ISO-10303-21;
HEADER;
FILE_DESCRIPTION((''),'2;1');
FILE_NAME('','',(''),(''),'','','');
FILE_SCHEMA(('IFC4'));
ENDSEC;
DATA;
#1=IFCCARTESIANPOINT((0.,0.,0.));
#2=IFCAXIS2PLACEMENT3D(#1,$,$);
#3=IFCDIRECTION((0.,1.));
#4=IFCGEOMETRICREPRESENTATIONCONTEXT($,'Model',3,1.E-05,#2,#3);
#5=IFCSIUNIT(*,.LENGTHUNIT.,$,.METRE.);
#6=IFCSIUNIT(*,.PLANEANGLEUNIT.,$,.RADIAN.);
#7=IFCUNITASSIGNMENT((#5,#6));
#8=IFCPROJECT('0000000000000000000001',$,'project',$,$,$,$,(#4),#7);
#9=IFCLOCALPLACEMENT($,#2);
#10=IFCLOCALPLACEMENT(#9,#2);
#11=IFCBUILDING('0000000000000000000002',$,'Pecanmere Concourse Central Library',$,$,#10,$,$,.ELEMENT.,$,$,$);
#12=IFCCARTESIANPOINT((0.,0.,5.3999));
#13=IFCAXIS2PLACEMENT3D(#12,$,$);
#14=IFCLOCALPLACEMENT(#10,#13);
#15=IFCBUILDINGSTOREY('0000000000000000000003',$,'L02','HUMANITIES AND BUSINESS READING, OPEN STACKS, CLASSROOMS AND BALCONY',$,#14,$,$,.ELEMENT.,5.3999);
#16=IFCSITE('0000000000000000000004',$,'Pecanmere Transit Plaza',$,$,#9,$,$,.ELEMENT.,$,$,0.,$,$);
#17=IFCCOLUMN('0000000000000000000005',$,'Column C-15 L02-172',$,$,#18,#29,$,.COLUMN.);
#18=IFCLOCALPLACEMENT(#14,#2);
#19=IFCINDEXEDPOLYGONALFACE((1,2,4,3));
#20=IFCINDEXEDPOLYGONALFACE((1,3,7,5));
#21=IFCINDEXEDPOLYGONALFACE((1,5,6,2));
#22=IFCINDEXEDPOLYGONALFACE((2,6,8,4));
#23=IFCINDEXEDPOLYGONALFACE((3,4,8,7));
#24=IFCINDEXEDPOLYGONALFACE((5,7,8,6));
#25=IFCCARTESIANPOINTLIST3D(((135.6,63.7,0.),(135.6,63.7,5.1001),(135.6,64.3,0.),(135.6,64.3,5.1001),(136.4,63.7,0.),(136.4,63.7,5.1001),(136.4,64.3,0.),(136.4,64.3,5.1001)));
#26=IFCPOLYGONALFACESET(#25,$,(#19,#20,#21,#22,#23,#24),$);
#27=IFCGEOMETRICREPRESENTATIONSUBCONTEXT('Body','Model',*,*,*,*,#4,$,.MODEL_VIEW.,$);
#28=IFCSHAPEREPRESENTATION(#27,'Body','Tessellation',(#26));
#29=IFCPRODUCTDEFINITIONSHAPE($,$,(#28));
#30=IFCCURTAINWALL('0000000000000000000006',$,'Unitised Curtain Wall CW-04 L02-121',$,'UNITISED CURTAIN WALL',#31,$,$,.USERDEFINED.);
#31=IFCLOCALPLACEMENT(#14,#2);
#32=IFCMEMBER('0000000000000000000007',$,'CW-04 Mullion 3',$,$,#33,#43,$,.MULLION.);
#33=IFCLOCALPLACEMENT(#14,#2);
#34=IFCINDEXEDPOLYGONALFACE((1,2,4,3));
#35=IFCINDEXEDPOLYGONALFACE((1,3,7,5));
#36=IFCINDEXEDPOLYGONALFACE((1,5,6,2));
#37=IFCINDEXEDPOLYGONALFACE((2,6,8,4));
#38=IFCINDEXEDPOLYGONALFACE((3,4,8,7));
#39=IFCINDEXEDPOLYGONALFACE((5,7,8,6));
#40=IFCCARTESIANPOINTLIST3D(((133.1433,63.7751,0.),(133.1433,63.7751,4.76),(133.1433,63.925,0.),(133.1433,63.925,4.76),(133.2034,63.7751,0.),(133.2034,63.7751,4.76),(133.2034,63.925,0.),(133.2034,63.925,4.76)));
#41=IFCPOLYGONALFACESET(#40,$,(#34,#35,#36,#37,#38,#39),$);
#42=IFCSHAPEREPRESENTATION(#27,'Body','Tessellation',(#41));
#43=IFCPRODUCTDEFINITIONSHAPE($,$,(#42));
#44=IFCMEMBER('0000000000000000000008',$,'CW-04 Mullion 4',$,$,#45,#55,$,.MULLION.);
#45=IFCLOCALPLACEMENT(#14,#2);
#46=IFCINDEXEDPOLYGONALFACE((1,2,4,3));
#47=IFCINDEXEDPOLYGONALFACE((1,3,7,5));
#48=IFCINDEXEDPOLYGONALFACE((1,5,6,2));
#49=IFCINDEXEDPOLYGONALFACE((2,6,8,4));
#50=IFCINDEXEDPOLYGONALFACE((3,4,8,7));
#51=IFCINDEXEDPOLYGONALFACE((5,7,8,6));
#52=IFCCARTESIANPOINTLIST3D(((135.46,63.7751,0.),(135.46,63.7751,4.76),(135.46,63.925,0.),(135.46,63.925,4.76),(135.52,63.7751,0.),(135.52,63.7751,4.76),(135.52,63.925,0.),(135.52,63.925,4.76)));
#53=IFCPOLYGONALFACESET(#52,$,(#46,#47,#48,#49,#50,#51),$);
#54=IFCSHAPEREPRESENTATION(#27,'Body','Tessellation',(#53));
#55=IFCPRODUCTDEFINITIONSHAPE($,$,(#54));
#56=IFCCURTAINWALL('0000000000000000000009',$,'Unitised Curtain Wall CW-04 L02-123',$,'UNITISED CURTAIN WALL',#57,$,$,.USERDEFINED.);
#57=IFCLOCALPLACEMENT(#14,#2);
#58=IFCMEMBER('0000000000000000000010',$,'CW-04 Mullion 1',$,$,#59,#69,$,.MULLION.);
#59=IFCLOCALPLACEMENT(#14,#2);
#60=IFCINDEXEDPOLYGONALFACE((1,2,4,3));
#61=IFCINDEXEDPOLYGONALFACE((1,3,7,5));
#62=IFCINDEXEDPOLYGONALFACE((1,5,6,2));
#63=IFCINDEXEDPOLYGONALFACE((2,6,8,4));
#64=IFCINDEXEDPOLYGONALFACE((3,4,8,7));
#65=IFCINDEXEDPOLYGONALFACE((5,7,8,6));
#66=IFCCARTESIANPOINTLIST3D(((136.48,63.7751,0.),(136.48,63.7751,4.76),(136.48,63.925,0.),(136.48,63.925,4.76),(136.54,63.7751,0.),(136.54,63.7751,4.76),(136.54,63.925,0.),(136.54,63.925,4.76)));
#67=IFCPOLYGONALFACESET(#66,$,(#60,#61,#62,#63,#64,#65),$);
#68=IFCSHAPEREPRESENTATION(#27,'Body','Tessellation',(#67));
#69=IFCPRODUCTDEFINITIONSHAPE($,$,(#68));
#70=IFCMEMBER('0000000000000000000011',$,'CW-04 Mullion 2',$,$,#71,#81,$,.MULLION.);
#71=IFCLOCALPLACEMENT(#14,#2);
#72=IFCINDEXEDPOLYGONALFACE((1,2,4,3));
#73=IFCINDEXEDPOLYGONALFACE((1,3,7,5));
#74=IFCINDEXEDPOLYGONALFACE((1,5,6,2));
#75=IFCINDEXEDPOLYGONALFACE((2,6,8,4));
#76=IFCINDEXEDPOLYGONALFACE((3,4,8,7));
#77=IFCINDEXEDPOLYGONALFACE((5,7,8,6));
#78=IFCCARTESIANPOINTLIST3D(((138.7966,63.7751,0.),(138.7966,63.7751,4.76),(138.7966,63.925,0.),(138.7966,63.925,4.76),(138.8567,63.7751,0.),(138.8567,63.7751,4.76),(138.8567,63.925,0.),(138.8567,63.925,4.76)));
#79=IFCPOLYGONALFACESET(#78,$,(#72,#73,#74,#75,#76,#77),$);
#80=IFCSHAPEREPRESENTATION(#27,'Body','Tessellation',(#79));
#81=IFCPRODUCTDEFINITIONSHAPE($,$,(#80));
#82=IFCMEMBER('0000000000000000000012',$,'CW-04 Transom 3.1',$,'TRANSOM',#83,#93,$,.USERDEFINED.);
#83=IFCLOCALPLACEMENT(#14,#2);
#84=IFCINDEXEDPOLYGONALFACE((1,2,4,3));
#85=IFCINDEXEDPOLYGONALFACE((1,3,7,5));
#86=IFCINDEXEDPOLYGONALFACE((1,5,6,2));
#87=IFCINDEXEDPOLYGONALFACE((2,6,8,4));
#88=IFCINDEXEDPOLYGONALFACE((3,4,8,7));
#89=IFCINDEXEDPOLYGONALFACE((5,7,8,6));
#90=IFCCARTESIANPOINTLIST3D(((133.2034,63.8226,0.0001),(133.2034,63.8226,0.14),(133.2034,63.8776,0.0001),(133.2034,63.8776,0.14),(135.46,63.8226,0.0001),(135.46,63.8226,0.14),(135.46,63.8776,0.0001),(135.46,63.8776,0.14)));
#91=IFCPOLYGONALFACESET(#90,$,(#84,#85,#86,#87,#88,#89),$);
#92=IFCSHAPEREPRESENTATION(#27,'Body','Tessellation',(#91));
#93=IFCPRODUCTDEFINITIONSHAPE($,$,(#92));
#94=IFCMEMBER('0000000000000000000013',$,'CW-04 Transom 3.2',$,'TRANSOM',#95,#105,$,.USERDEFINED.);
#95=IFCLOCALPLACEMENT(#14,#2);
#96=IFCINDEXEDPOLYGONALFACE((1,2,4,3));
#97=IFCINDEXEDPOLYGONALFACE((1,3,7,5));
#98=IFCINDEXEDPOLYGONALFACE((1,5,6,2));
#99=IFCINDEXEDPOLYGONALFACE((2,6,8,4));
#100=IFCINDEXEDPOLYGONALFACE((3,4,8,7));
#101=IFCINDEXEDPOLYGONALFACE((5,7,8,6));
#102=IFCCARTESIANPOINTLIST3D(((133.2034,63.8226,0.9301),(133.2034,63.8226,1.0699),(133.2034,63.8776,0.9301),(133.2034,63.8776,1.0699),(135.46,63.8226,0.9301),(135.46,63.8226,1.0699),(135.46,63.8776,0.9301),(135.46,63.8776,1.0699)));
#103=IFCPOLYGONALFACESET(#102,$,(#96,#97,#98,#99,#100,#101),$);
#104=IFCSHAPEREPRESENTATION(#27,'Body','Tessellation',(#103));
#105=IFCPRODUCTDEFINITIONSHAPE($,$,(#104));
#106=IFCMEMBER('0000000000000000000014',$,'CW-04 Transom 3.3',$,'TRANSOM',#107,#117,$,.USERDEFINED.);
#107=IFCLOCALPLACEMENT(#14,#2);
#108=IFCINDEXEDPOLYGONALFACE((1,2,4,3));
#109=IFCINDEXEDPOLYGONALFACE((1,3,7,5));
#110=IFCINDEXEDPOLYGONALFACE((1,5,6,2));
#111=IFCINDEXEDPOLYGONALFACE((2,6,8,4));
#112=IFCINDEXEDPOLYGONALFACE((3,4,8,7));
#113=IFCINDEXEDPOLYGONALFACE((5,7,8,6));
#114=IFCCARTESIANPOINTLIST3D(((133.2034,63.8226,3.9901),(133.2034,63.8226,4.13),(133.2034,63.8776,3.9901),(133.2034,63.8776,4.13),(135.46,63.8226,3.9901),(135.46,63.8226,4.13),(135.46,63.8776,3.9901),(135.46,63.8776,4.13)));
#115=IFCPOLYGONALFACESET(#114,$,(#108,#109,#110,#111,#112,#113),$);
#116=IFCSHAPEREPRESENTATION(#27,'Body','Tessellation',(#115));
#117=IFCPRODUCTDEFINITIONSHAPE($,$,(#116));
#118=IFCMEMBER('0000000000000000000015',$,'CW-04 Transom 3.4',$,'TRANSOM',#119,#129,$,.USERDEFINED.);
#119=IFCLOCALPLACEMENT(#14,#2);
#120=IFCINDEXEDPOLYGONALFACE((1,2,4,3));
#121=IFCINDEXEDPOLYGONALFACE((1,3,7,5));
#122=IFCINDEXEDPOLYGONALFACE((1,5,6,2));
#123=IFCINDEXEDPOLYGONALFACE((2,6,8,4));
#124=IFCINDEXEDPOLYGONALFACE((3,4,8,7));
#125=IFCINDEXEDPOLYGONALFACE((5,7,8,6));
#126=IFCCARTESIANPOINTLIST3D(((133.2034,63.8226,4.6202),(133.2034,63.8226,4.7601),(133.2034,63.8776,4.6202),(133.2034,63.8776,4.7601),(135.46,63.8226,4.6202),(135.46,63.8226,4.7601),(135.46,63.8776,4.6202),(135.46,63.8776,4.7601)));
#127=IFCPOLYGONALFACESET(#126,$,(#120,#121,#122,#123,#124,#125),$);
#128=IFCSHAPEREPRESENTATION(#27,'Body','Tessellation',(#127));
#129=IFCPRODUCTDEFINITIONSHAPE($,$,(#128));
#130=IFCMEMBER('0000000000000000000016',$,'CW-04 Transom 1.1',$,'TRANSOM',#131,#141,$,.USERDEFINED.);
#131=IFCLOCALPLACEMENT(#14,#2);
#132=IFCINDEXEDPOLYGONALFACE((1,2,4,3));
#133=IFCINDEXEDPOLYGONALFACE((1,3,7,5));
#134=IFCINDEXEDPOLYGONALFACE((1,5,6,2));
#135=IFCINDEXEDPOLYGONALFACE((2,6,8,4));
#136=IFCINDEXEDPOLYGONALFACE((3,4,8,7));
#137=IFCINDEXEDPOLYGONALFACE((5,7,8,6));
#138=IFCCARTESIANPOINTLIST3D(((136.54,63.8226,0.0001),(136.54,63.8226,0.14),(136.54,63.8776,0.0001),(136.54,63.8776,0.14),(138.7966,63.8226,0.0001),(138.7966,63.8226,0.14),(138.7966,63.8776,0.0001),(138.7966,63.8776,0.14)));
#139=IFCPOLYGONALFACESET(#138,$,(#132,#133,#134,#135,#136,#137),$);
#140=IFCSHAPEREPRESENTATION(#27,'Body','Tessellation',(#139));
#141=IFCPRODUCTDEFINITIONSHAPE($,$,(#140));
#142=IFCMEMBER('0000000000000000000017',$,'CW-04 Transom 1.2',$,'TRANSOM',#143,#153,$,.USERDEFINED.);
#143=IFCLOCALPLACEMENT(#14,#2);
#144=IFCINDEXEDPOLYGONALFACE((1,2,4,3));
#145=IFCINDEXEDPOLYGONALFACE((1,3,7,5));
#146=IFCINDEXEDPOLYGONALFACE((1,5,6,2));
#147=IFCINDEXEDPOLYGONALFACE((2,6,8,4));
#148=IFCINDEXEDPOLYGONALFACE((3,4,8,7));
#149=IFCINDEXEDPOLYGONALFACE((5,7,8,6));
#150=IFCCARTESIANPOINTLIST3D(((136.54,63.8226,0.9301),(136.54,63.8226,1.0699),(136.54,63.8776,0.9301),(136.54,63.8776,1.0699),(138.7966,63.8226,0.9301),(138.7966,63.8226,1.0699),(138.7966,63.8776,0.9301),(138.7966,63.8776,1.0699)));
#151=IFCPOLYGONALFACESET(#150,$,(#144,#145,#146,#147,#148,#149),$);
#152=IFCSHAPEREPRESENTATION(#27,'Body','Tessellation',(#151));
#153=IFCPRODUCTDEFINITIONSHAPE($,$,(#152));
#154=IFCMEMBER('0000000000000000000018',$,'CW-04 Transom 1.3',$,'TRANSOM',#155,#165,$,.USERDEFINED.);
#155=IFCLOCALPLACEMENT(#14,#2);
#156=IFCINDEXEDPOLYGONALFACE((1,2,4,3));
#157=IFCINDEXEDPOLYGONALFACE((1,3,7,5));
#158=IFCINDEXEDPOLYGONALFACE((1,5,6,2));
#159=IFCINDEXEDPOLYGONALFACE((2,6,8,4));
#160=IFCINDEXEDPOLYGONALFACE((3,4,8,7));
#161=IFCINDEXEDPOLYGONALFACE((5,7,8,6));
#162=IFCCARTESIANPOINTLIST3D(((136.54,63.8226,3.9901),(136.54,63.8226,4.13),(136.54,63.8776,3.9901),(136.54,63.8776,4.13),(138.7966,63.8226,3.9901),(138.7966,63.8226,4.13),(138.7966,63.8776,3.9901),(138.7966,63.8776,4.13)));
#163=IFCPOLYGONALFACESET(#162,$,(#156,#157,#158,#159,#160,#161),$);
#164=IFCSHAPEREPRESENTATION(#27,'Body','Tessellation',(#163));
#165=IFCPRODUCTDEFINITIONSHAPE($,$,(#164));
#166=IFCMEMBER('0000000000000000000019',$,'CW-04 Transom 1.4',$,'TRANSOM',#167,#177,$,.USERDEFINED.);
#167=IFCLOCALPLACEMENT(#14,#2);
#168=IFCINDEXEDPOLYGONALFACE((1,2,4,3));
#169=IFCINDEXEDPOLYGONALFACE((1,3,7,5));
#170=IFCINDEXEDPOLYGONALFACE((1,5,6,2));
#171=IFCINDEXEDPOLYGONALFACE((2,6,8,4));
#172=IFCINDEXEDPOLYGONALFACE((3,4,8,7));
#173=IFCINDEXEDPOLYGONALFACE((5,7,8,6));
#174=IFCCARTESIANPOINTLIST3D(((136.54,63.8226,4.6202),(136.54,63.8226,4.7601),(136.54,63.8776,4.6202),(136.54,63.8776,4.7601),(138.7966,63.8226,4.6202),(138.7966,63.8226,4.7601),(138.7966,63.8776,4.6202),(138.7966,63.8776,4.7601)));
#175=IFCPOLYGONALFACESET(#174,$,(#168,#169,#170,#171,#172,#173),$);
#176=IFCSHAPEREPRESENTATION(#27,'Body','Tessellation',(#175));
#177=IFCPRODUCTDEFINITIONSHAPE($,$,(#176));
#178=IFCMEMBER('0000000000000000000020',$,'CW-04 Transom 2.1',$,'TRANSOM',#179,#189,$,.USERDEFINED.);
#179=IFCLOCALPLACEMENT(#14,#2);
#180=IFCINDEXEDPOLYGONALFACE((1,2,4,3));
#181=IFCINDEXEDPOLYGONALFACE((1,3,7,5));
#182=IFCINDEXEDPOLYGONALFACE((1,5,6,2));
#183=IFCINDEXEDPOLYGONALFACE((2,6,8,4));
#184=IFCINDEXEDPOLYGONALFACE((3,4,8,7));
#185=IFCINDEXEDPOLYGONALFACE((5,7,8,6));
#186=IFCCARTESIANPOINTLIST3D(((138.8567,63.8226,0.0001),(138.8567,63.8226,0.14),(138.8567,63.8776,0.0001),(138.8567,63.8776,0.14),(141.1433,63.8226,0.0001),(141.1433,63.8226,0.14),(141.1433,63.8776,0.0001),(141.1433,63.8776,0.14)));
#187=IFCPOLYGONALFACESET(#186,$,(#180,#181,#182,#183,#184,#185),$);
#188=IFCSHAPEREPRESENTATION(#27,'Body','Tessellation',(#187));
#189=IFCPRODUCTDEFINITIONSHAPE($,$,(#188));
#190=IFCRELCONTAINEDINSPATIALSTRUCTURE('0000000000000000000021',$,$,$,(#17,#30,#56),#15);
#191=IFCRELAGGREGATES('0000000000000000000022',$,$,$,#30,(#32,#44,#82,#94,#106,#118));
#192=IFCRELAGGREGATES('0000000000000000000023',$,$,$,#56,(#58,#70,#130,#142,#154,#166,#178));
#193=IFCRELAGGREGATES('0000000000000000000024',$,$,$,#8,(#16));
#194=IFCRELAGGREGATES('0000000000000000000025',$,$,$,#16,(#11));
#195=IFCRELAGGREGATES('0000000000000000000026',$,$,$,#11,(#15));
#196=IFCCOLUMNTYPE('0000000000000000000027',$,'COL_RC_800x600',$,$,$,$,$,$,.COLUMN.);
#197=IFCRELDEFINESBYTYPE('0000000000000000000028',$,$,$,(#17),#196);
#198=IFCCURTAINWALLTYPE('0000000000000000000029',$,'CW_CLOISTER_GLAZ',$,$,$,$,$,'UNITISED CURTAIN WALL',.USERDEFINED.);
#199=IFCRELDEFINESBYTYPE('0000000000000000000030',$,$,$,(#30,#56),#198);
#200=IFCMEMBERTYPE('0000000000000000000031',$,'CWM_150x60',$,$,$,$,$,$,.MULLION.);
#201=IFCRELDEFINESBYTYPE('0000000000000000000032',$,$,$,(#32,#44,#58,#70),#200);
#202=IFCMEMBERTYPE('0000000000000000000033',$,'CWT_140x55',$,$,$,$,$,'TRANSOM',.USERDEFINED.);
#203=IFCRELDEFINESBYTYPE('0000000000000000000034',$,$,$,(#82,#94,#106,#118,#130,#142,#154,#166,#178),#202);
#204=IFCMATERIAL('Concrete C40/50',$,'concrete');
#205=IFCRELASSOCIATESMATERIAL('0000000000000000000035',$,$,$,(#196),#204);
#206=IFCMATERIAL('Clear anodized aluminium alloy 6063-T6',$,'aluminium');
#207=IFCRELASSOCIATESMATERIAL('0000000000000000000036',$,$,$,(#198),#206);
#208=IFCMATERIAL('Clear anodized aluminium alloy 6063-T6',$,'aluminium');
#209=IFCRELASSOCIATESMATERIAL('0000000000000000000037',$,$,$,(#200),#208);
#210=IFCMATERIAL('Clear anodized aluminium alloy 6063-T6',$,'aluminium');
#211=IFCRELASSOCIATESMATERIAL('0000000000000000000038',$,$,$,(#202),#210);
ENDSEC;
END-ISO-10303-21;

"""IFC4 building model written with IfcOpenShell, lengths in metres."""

from ifc_helpers import new_model, si_unit, direction, frame, origin, origin_2d, place, context, subcontext, project, spatial, rectangle, extrude, material, material_profile, profile_set, type_object, element, aggregate, save


model = new_model("IFC4")

# Units and contexts
model_context = context("Model", 3, precision=1e-05, world=origin(), true_north=direction((0.0, 1.0)))
body_context = subcontext(model_context, "Body", "Model", "MODEL_VIEW")
ifc_project = project(units=[si_unit("LENGTHUNIT", "METRE"), si_unit("PLANEANGLEUNIT", "RADIAN")], contexts=[model_context])

# Site, building, storey
site_placement = place(None, origin())
site = spatial("IfcSite", under=ifc_project, at=site_placement, Name="Pecanmere Transit Plaza", CompositionType="ELEMENT", RefElevation=0.0)
building_placement = place(site_placement, origin())
building = spatial("IfcBuilding", under=site, at=building_placement, Name="Pecanmere Concourse Central Library", CompositionType="ELEMENT")
storey_placement = place(building_placement, frame((0.0, 0.0, 5.3999)))
storey = spatial("IfcBuildingStorey", under=building, at=storey_placement, Name="L02", Description="HUMANITIES AND BUSINESS READING, OPEN STACKS, CLASSROOMS AND BALCONY", CompositionType="ELEMENT", Elevation=5.3999)

# Column
ifc_material_1 = material(Name="Concrete C40/50", Category="concrete")
ifc_material_profile_1 = material_profile(ifc_material_1, rectangle(XDim=0.8, YDim=0.6001, at=origin_2d()), Name="RC 800x600")
ifc_profile_set_1 = profile_set([ifc_material_profile_1], Name="Concrete C40/50")
column_type = type_object("IfcColumnType", Name="COL_RC_800x600", PredefinedType="COLUMN", material=ifc_profile_set_1)
column_placement = place(storey_placement, frame((136.0, 64.0, 0.0), z_axis=(0.0, 0.0, 1.0), x_axis=(1.0, 0.0, 0.0)))
element("IfcColumn", 1, at=column_placement, inside=storey, type_object=column_type, Name="Column C-15 L02-172", PredefinedType="COLUMN", context=body_context, shape_type="SweptSolid", body=[
    extrude(rectangle(XDim=0.8, YDim=0.6001, at=origin_2d()), origin(), (0.0, 0.0, 1.0), 5.1001),
])

# Curtain walls, members
ifc_material_2 = material(Name="Clear anodized aluminium alloy 6063-T6", Category="aluminium")
curtain_wall_type = type_object("IfcCurtainWallType", Name="CW_CLOISTER_GLAZ", ElementType="UNITISED CURTAIN WALL", PredefinedType="USERDEFINED", material=ifc_material_2)
curtain_wall_1_placement = place(storey_placement, origin())
curtain_wall_1 = element("IfcCurtainWall", 2, at=curtain_wall_1_placement, inside=storey, type_object=curtain_wall_type, Name="Unitised Curtain Wall CW-04 L02-121", ObjectType="UNITISED CURTAIN WALL", PredefinedType="USERDEFINED")
ifc_material_3 = material(Name="Clear anodized aluminium alloy 6063-T6", Category="aluminium")
ifc_material_profile_2 = material_profile(ifc_material_3, rectangle(XDim=0.0601, YDim=0.1499, at=origin_2d()), Name="AL 60x150")
ifc_profile_set_2 = profile_set([ifc_material_profile_2], Name="Clear anodized aluminium alloy 6063-T6")
member_type_1 = type_object("IfcMemberType", Name="CWM_150x60", PredefinedType="MULLION", material=ifc_profile_set_2)
member_1_placement = place(storey_placement, frame((133.1733, 63.8501, 0.0), z_axis=(0.0, 0.0, 1.0), x_axis=(1.0, 0.0, 0.0)))
member_1 = element("IfcMember", 3, at=member_1_placement, type_object=member_type_1, Name="CW-04 Mullion 3", PredefinedType="MULLION", context=body_context, shape_type="SweptSolid", body=[
    extrude(rectangle(XDim=0.0601, YDim=0.1499, at=origin_2d()), origin(), (0.0, 0.0, 1.0), 4.76),
])
member_2_placement = place(storey_placement, frame((135.49, 63.8501, 0.0), z_axis=(0.0, 0.0, 1.0), x_axis=(1.0, 0.0, 0.0)))
member_2 = element("IfcMember", 4, at=member_2_placement, type_object=member_type_1, Name="CW-04 Mullion 4", PredefinedType="MULLION", context=body_context, shape_type="SweptSolid", body=[
    extrude(rectangle(XDim=0.0601, YDim=0.1499, at=origin_2d()), origin(), (0.0, 0.0, 1.0), 4.76),
])
curtain_wall_2_placement = place(storey_placement, origin())
curtain_wall_2 = element("IfcCurtainWall", 5, at=curtain_wall_2_placement, inside=storey, type_object=curtain_wall_type, Name="Unitised Curtain Wall CW-04 L02-123", ObjectType="UNITISED CURTAIN WALL", PredefinedType="USERDEFINED")
member_3_placement = place(storey_placement, frame((136.51, 63.8501, 0.0), z_axis=(0.0, 0.0, 1.0), x_axis=(1.0, 0.0, 0.0)))
member_3 = element("IfcMember", 6, at=member_3_placement, type_object=member_type_1, Name="CW-04 Mullion 1", PredefinedType="MULLION", context=body_context, shape_type="SweptSolid", body=[
    extrude(rectangle(XDim=0.0601, YDim=0.1499, at=origin_2d()), origin(), (0.0, 0.0, 1.0), 4.76),
])
member_4_placement = place(storey_placement, frame((138.8267, 63.8501, 0.0), z_axis=(0.0, 0.0, 1.0), x_axis=(1.0, 0.0, 0.0)))
member_4 = element("IfcMember", 7, at=member_4_placement, type_object=member_type_1, Name="CW-04 Mullion 2", PredefinedType="MULLION", context=body_context, shape_type="SweptSolid", body=[
    extrude(rectangle(XDim=0.0601, YDim=0.1499, at=origin_2d()), origin(), (0.0, 0.0, 1.0), 4.76),
])

# Members
ifc_material_4 = material(Name="Clear anodized aluminium alloy 6063-T6", Category="aluminium")
ifc_material_profile_3 = material_profile(ifc_material_4, rectangle(XDim=0.0549, YDim=0.1399, at=origin_2d()), Name="AL 55x140")
ifc_profile_set_3 = profile_set([ifc_material_profile_3], Name="Clear anodized aluminium alloy 6063-T6")
member_type_2 = type_object("IfcMemberType", Name="CWT_140x55", ElementType="TRANSOM", PredefinedType="USERDEFINED", material=ifc_profile_set_3)
member_5_placement = place(storey_placement, frame((133.2034, 63.8501, 0.0701), z_axis=(1.0, 0.0, 0.0), x_axis=(0.0, 1.0, 0.0)))
member_5 = element("IfcMember", 8, at=member_5_placement, type_object=member_type_2, Name="CW-04 Transom 3.1", ObjectType="TRANSOM", PredefinedType="USERDEFINED", context=body_context, shape_type="SweptSolid", body=[
    extrude(rectangle(XDim=0.0549, YDim=0.1399, at=origin_2d()), origin(), (0.0, 0.0, 1.0), 2.2566),
])
member_6_placement = place(storey_placement, frame((133.2034, 63.8501, 1.0), z_axis=(1.0, 0.0, 0.0), x_axis=(0.0, 1.0, 0.0)))
member_6 = element("IfcMember", 9, at=member_6_placement, type_object=member_type_2, Name="CW-04 Transom 3.2", ObjectType="TRANSOM", PredefinedType="USERDEFINED", context=body_context, shape_type="SweptSolid", body=[
    extrude(rectangle(XDim=0.0549, YDim=0.1399, at=origin_2d()), origin(), (0.0, 0.0, 1.0), 2.2566),
])
member_7_placement = place(storey_placement, frame((133.2034, 63.8501, 4.0601), z_axis=(1.0, 0.0, 0.0), x_axis=(0.0, 1.0, 0.0)))
member_7 = element("IfcMember", 10, at=member_7_placement, type_object=member_type_2, Name="CW-04 Transom 3.3", ObjectType="TRANSOM", PredefinedType="USERDEFINED", context=body_context, shape_type="SweptSolid", body=[
    extrude(rectangle(XDim=0.0549, YDim=0.1399, at=origin_2d()), origin(), (0.0, 0.0, 1.0), 2.2566),
])
member_8_placement = place(storey_placement, frame((133.2034, 63.8501, 4.6902), z_axis=(1.0, 0.0, 0.0), x_axis=(0.0, 1.0, 0.0)))
member_8 = element("IfcMember", 11, at=member_8_placement, type_object=member_type_2, Name="CW-04 Transom 3.4", ObjectType="TRANSOM", PredefinedType="USERDEFINED", context=body_context, shape_type="SweptSolid", body=[
    extrude(rectangle(XDim=0.0549, YDim=0.1399, at=origin_2d()), origin(), (0.0, 0.0, 1.0), 2.2566),
])
member_9_placement = place(storey_placement, frame((136.54, 63.8501, 0.0701), z_axis=(1.0, 0.0, 0.0), x_axis=(0.0, 1.0, 0.0)))
member_9 = element("IfcMember", 12, at=member_9_placement, type_object=member_type_2, Name="CW-04 Transom 1.1", ObjectType="TRANSOM", PredefinedType="USERDEFINED", context=body_context, shape_type="SweptSolid", body=[
    extrude(rectangle(XDim=0.0549, YDim=0.1399, at=origin_2d()), origin(), (0.0, 0.0, 1.0), 2.2566),
])
member_10_placement = place(storey_placement, frame((136.54, 63.8501, 1.0), z_axis=(1.0, 0.0, 0.0), x_axis=(0.0, 1.0, 0.0)))
member_10 = element("IfcMember", 13, at=member_10_placement, type_object=member_type_2, Name="CW-04 Transom 1.2", ObjectType="TRANSOM", PredefinedType="USERDEFINED", context=body_context, shape_type="SweptSolid", body=[
    extrude(rectangle(XDim=0.0549, YDim=0.1399, at=origin_2d()), origin(), (0.0, 0.0, 1.0), 2.2566),
])
member_11_placement = place(storey_placement, frame((136.54, 63.8501, 4.0601), z_axis=(1.0, 0.0, 0.0), x_axis=(0.0, 1.0, 0.0)))
member_11 = element("IfcMember", 14, at=member_11_placement, type_object=member_type_2, Name="CW-04 Transom 1.3", ObjectType="TRANSOM", PredefinedType="USERDEFINED", context=body_context, shape_type="SweptSolid", body=[
    extrude(rectangle(XDim=0.0549, YDim=0.1399, at=origin_2d()), origin(), (0.0, 0.0, 1.0), 2.2566),
])
member_12_placement = place(storey_placement, frame((136.54, 63.8501, 4.6902), z_axis=(1.0, 0.0, 0.0), x_axis=(0.0, 1.0, 0.0)))
member_12 = element("IfcMember", 15, at=member_12_placement, type_object=member_type_2, Name="CW-04 Transom 1.4", ObjectType="TRANSOM", PredefinedType="USERDEFINED", context=body_context, shape_type="SweptSolid", body=[
    extrude(rectangle(XDim=0.0549, YDim=0.1399, at=origin_2d()), origin(), (0.0, 0.0, 1.0), 2.2566),
])
member_13_placement = place(storey_placement, frame((138.8567, 63.8501, 0.0701), z_axis=(1.0, 0.0, 0.0), x_axis=(0.0, 1.0, 0.0)))
member_13 = element("IfcMember", 16, at=member_13_placement, type_object=member_type_2, Name="CW-04 Transom 2.1", ObjectType="TRANSOM", PredefinedType="USERDEFINED", context=body_context, shape_type="SweptSolid", body=[
    extrude(rectangle(XDim=0.0549, YDim=0.1399, at=origin_2d()), origin(), (0.0, 0.0, 1.0), 2.2866),
])

aggregate(curtain_wall_1, [member_1, member_2, member_5, member_6, member_7, member_8])
aggregate(curtain_wall_2, [member_3, member_4, member_9, member_10, member_11, member_12, member_13])

save(model, "model.ifc")
